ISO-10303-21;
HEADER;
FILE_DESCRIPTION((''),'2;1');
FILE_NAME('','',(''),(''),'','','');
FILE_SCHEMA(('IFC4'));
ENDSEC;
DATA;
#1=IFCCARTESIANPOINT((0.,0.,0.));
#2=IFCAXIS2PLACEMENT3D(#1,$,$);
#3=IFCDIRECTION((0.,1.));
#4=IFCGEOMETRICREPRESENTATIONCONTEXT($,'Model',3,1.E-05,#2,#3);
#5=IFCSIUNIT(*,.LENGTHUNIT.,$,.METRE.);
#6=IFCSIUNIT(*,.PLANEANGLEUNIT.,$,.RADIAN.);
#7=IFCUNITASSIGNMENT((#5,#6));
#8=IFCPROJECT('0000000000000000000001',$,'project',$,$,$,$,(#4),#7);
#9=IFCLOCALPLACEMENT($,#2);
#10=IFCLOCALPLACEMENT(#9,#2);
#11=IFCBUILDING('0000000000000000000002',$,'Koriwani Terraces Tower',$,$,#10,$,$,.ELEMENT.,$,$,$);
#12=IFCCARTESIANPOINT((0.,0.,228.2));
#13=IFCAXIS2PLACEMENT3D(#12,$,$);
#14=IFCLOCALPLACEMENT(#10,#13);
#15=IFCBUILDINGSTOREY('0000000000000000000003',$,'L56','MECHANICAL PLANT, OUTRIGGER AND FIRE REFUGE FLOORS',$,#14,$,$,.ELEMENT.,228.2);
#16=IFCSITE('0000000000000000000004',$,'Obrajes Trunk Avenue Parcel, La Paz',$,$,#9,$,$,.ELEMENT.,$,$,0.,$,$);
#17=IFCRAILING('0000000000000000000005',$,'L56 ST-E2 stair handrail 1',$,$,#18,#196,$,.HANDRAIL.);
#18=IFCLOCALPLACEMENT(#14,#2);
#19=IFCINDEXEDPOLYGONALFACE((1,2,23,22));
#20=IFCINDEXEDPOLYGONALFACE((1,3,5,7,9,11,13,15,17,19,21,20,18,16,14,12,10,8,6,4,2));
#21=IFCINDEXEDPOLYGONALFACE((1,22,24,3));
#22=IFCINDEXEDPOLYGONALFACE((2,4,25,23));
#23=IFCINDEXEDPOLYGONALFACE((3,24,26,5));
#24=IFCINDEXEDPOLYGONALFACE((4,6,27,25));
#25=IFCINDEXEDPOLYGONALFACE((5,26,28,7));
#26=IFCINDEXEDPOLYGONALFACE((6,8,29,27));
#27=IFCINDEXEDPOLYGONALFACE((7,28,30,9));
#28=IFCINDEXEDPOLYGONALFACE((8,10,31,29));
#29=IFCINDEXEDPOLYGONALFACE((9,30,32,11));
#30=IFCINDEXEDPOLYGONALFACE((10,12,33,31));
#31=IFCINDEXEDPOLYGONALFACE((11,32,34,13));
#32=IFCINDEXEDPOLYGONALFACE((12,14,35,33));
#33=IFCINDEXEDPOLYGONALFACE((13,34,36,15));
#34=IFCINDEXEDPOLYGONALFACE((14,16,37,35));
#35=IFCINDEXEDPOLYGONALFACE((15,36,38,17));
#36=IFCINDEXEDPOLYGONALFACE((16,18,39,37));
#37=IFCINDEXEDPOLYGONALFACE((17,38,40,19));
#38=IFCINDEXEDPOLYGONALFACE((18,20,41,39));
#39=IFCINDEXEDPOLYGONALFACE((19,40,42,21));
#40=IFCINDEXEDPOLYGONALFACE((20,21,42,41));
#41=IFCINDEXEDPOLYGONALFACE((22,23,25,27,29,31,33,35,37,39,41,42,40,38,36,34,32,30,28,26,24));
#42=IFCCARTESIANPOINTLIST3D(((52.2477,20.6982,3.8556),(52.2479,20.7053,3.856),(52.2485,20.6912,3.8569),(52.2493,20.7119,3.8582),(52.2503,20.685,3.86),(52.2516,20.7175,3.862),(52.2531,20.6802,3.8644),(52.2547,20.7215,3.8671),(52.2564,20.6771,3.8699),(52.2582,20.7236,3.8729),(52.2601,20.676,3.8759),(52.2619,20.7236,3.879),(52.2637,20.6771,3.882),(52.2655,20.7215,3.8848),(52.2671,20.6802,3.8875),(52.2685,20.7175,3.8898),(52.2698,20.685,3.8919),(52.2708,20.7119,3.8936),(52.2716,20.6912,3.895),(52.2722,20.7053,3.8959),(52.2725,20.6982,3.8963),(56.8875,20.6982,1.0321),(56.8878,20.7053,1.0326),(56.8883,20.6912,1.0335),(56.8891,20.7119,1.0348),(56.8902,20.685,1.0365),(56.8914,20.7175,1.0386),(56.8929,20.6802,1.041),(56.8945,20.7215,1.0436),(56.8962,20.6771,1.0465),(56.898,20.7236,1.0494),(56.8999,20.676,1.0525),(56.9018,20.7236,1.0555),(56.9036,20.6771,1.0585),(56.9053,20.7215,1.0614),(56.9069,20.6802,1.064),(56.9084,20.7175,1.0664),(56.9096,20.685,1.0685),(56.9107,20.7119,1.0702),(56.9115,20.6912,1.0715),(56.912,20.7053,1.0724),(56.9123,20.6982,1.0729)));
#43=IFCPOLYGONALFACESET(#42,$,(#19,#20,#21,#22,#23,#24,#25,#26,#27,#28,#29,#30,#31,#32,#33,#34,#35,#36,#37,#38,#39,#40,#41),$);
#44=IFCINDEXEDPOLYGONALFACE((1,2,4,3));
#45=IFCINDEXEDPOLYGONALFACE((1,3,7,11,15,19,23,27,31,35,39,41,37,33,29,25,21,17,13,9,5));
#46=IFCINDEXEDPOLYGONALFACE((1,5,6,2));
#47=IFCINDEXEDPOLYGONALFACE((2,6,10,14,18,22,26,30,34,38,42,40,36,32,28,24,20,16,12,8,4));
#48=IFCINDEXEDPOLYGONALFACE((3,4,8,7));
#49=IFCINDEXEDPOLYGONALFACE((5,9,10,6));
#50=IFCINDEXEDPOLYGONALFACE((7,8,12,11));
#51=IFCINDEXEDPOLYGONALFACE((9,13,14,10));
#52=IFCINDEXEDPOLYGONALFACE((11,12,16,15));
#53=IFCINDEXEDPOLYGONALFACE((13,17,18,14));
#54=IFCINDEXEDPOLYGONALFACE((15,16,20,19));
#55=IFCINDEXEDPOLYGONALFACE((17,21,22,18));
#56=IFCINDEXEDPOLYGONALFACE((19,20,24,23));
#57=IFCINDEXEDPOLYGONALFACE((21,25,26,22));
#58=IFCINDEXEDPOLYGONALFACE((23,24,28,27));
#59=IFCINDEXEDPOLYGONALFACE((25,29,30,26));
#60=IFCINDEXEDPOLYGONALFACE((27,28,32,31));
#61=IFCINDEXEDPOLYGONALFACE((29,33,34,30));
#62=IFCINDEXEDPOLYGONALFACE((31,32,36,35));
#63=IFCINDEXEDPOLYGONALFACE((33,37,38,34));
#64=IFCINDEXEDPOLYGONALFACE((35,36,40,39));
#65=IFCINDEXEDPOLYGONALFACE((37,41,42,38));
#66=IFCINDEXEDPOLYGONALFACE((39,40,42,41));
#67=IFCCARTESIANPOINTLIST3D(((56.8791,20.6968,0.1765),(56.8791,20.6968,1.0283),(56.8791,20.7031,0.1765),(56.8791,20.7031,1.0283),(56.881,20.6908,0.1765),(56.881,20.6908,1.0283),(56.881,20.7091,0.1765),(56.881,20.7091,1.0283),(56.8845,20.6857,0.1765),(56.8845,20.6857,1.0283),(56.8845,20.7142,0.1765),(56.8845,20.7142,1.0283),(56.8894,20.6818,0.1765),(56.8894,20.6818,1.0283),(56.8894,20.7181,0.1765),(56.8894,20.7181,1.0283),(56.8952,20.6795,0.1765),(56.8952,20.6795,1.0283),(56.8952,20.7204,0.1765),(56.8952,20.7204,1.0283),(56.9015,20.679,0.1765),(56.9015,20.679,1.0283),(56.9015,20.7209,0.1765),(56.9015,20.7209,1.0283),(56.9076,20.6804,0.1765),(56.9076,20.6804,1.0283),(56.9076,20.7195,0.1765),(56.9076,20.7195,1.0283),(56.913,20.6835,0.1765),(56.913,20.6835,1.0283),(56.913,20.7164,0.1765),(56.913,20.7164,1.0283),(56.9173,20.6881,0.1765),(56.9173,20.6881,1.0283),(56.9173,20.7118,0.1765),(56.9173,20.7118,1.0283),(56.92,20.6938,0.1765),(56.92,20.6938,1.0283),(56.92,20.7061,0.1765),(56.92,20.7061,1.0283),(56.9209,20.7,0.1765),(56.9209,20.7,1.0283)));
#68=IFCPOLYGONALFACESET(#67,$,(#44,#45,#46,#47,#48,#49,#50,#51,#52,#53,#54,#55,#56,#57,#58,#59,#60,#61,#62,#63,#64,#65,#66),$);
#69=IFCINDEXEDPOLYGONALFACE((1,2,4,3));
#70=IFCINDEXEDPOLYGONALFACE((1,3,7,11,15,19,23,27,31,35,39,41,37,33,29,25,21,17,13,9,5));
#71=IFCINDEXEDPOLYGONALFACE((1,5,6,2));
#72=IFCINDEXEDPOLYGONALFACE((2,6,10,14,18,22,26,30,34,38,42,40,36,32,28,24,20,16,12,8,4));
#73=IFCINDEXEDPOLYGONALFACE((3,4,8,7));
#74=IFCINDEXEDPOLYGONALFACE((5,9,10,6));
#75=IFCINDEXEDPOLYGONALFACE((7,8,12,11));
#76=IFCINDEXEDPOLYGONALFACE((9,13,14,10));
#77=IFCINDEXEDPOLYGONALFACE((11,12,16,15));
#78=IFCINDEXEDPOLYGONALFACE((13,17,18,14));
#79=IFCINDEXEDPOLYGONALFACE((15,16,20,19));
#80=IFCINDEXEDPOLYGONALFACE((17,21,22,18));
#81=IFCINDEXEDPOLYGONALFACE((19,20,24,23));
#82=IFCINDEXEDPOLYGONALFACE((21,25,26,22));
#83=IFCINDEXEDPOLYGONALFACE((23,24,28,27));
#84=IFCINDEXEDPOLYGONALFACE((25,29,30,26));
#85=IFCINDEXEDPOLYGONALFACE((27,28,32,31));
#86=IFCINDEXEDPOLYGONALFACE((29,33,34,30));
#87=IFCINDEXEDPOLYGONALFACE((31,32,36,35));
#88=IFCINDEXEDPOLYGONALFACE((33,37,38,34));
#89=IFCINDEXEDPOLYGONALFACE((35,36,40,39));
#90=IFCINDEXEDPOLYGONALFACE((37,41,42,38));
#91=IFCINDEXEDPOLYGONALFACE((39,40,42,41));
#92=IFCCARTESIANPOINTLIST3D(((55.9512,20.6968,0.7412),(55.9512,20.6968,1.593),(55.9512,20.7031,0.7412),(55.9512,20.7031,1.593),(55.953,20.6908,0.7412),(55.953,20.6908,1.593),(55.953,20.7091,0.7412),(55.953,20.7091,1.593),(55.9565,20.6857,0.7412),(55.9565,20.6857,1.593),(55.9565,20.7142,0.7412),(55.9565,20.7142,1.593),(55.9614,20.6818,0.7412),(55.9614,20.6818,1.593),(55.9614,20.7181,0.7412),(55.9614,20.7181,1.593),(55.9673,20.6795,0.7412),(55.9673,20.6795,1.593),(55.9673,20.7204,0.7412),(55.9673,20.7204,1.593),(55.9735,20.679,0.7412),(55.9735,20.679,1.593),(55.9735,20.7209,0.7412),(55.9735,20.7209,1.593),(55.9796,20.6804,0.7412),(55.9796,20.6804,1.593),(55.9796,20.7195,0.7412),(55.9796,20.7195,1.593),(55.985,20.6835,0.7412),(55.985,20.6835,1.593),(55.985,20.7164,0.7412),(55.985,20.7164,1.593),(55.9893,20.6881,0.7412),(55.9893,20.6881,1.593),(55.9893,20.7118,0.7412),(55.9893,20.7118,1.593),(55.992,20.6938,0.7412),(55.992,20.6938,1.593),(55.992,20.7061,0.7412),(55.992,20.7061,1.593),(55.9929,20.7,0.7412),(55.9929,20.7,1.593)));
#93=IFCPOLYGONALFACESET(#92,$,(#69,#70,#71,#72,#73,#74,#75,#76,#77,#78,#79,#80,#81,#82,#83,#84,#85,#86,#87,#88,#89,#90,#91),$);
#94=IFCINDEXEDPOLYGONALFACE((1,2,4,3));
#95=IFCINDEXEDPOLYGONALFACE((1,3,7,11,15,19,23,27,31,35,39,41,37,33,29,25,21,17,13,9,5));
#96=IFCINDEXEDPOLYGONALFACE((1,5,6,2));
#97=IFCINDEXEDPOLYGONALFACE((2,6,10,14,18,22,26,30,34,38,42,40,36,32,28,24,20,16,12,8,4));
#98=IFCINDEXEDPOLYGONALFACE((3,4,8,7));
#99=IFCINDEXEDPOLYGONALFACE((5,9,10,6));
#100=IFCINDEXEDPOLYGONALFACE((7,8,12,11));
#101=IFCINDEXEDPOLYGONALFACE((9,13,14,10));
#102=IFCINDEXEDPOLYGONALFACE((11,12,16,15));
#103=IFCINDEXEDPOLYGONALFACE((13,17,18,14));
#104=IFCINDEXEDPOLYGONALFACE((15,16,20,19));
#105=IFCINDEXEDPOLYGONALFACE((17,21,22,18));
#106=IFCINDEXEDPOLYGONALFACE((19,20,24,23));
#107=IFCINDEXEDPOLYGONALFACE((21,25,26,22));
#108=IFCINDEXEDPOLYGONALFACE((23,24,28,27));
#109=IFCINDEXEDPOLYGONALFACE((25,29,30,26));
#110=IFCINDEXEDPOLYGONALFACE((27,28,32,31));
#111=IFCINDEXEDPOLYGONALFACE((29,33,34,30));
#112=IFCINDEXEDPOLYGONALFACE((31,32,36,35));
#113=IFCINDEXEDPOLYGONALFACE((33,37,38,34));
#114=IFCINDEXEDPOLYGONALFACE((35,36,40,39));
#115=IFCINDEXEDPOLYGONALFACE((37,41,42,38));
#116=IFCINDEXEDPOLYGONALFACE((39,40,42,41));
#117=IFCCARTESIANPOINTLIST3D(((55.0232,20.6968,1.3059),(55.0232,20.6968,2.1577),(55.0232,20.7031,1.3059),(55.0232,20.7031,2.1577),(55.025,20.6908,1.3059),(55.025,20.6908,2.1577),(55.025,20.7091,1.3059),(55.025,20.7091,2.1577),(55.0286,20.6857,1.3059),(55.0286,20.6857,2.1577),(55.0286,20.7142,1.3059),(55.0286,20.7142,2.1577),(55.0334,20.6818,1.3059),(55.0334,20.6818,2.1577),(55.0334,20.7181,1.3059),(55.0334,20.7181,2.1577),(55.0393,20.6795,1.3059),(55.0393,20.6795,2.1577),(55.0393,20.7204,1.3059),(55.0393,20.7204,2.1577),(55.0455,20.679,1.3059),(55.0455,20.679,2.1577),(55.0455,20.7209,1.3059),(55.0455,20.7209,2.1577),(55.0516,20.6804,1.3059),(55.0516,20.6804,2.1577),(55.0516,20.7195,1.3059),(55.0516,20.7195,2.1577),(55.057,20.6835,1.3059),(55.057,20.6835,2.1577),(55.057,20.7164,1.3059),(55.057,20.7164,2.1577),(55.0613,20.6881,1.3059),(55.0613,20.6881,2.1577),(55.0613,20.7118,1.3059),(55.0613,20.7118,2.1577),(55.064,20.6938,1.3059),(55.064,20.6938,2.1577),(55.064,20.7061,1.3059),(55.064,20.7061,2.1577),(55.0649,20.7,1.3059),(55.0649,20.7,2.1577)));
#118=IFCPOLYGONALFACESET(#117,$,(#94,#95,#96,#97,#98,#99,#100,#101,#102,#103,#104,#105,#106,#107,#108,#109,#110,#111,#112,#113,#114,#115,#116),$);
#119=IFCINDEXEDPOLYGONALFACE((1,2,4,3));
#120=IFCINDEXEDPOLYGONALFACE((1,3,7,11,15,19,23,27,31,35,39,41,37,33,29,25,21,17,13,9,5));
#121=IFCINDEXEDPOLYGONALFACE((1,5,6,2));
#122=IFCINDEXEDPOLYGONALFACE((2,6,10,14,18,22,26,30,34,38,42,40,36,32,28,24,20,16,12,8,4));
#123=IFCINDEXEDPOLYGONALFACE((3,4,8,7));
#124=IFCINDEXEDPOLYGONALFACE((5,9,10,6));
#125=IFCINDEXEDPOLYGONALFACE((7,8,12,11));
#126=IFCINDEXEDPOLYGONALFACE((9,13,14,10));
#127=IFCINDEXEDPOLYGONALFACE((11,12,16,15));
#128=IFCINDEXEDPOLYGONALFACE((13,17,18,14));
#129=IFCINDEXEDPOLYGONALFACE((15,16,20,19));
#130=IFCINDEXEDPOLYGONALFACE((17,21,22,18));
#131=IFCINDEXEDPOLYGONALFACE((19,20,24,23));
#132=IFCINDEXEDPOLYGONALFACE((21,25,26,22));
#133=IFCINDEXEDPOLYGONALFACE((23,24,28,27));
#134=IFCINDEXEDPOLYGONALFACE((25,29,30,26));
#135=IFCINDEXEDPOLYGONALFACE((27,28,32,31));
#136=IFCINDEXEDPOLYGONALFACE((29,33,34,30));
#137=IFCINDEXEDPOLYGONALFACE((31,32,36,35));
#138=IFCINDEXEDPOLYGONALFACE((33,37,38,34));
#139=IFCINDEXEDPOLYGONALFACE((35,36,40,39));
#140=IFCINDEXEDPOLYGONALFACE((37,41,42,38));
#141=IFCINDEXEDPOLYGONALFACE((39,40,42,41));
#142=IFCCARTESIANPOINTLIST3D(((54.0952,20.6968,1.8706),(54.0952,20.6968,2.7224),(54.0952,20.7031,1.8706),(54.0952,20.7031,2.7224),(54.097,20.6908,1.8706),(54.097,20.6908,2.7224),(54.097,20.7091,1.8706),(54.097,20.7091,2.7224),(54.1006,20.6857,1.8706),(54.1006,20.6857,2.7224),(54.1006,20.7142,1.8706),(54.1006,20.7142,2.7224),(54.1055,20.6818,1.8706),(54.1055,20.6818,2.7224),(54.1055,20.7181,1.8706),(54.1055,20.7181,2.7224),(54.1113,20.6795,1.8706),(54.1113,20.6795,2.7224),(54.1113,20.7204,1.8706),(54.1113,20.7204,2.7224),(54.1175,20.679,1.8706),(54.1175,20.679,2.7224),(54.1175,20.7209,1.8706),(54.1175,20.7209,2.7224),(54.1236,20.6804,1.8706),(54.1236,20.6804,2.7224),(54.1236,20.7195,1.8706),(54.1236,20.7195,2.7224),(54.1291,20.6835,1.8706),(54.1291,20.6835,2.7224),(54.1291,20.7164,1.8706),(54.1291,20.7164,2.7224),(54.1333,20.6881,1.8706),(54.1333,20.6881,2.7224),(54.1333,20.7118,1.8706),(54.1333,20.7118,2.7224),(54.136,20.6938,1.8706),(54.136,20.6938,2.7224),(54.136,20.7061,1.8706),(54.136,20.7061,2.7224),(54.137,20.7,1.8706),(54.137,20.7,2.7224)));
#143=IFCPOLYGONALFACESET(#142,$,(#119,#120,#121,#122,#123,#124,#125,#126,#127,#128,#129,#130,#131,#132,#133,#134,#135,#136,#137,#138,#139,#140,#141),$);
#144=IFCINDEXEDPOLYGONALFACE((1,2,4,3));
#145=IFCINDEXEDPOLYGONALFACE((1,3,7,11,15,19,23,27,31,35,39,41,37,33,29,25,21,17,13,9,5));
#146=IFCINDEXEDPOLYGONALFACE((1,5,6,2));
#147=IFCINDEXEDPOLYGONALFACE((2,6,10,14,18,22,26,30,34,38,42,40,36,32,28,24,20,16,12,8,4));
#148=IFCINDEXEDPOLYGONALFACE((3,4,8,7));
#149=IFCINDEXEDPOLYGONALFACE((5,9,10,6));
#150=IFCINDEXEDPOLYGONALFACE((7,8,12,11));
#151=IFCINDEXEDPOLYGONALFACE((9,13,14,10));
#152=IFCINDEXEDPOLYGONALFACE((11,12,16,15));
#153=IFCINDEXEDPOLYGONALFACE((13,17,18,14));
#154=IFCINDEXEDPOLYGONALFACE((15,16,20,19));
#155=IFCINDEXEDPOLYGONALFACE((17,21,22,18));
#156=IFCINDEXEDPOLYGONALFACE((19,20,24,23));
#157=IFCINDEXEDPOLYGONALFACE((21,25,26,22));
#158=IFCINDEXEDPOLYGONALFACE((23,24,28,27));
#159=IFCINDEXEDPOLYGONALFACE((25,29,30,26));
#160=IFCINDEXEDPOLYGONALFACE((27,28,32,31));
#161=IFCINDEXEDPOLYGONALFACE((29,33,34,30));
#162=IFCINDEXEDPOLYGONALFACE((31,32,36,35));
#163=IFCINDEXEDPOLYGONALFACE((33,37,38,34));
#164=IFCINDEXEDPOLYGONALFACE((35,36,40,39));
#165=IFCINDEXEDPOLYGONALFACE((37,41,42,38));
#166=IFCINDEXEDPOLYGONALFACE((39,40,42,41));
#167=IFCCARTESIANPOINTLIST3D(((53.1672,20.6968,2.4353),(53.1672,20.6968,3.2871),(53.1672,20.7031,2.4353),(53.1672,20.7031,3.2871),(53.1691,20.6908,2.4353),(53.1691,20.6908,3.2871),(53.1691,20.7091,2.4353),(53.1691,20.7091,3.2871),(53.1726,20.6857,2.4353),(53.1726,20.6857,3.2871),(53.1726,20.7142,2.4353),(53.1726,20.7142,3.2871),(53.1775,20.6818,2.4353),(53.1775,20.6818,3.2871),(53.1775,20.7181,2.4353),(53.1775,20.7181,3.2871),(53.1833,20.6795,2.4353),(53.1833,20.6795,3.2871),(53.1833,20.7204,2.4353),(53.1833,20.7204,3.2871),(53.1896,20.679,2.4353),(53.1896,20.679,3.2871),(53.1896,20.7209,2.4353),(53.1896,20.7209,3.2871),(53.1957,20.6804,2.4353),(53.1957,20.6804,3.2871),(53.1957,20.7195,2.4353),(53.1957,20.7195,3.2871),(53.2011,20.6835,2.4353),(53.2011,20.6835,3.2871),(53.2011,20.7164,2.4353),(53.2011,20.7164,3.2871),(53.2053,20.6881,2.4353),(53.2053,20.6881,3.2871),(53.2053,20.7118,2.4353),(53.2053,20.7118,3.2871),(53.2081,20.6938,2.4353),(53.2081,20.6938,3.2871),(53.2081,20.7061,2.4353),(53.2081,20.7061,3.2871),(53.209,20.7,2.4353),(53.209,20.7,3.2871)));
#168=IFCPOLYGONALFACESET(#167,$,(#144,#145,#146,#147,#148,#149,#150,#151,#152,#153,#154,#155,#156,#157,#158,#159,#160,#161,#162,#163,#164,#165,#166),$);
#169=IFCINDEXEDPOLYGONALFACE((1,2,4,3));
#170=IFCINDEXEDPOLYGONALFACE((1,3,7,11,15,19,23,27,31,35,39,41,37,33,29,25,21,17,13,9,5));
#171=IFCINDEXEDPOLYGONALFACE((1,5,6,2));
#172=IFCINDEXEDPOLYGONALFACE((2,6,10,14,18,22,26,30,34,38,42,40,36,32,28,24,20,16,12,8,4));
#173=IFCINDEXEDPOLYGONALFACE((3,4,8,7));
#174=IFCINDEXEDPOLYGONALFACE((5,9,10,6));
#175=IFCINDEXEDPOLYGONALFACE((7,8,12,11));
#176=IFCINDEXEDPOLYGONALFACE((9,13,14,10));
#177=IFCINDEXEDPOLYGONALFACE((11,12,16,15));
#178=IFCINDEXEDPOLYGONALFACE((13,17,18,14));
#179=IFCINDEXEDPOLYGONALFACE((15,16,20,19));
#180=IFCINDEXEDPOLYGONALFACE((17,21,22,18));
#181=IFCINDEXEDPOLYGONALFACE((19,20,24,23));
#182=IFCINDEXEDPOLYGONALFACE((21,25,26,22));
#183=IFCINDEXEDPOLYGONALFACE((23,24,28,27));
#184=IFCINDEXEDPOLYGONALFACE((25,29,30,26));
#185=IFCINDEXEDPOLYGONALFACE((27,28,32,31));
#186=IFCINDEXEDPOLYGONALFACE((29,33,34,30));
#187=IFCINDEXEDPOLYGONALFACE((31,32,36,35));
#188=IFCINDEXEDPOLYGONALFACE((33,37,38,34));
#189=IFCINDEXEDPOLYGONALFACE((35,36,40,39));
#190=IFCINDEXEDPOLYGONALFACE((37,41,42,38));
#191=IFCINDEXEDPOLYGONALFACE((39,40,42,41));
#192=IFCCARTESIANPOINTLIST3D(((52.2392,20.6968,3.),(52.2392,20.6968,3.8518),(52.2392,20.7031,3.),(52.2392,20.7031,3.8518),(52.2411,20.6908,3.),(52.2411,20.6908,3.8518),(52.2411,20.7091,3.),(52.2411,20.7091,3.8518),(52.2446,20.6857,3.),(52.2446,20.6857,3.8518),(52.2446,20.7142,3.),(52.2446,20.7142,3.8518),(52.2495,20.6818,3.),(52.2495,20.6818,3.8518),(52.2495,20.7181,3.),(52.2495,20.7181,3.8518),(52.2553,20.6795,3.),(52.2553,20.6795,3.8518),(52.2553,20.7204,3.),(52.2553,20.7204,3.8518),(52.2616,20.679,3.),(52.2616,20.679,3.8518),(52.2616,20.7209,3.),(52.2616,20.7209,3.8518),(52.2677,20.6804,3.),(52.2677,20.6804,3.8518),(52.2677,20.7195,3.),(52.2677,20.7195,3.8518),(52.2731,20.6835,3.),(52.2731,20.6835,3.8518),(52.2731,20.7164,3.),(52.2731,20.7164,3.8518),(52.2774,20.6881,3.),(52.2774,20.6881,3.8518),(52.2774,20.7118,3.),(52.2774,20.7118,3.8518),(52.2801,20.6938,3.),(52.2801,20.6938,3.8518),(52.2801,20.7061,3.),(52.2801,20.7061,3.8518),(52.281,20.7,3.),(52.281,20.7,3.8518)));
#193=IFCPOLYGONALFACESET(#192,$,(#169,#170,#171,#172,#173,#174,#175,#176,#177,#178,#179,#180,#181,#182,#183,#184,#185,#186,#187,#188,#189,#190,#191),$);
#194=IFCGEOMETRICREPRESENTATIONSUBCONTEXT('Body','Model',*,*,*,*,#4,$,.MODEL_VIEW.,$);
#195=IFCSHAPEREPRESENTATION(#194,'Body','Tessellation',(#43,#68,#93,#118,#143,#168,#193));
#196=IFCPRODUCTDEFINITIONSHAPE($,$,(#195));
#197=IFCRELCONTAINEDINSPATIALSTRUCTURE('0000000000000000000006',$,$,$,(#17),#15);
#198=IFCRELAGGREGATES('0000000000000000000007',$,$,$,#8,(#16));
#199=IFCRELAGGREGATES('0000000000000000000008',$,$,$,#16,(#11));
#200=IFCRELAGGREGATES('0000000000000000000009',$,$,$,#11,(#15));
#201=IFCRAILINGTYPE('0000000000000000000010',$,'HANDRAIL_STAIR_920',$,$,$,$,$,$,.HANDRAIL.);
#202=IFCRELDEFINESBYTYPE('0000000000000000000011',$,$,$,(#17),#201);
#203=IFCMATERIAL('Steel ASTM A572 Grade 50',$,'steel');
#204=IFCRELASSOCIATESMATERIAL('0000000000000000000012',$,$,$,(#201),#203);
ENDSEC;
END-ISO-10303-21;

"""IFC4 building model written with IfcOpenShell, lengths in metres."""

from ifc_helpers import new_model, si_unit, direction, frame, origin, origin_2d, place, context, subcontext, project, spatial, circle, extrude, material, type_object, element, save


model = new_model("IFC4")

# Units and contexts
model_context = context("Model", 3, precision=1e-05, world=origin(), true_north=direction((0.0, 1.0)))
body_context = subcontext(model_context, "Body", "Model", "MODEL_VIEW")
ifc_project = project(units=[si_unit("LENGTHUNIT", "METRE"), si_unit("PLANEANGLEUNIT", "RADIAN")], contexts=[model_context])

# Site, building, storey
site_placement = place(None, origin())
site = spatial("IfcSite", under=ifc_project, at=site_placement, Name="Obrajes Trunk Avenue Parcel, La Paz", CompositionType="ELEMENT", RefElevation=0.0)
building_placement = place(site_placement, origin())
building = spatial("IfcBuilding", under=site, at=building_placement, Name="Koriwani Terraces Tower", CompositionType="ELEMENT")
storey_placement = place(building_placement, frame((0.0, 0.0, 228.2)))
storey = spatial("IfcBuildingStorey", under=building, at=storey_placement, Name="L56", Description="MECHANICAL PLANT, OUTRIGGER AND FIRE REFUGE FLOORS", CompositionType="ELEMENT", Elevation=228.2)

# Shared definitions
ifc_material_1 = material(Name="Steel ASTM A572 Grade 50", Category="steel")

# Railing
railing_type_1 = type_object("IfcRailingType", Name="HANDRAIL_STAIR_920", PredefinedType="HANDRAIL", material=ifc_material_1)
railing_1_placement = place(storey_placement, frame((56.8999, 20.7, 0.1765)))
element("IfcRailing", 1, at=railing_1_placement, inside=storey, type_object=railing_type_1, Name="L56 ST-E2 stair handrail 1", PredefinedType="HANDRAIL", context=body_context, shape_type="SweptSolid", body=[
    extrude(circle(Radius=0.0239, at=origin_2d()), frame((0.0, 0.0, 0.876), z_axis=(-0.854264, 0.0, 0.51984), x_axis=(0.0, -1.0, 0.0)), (0.0, 0.0, 1.0), 5.4314),
    extrude(circle(Radius=0.021, at=origin_2d()), origin(), (0.0, 0.0, 1.0), 0.8518),
    extrude(circle(Radius=0.021, at=origin_2d()), frame((-0.928, 0.0, 0.5647)), (0.0, 0.0, 1.0), 0.8518),
    extrude(circle(Radius=0.021, at=origin_2d()), frame((-1.856, 0.0, 1.1294)), (0.0, 0.0, 1.0), 0.8518),
    extrude(circle(Radius=0.021, at=origin_2d()), frame((-2.7839, 0.0, 1.6941)), (0.0, 0.0, 1.0), 0.8518),
    extrude(circle(Radius=0.021, at=origin_2d()), frame((-3.7119, 0.0, 2.2588)), (0.0, 0.0, 1.0), 0.8518),
    extrude(circle(Radius=0.021, at=origin_2d()), frame((-4.6399, 0.0, 2.8235)), (0.0, 0.0, 1.0), 0.8518),
])

save(model, "model.ifc")
